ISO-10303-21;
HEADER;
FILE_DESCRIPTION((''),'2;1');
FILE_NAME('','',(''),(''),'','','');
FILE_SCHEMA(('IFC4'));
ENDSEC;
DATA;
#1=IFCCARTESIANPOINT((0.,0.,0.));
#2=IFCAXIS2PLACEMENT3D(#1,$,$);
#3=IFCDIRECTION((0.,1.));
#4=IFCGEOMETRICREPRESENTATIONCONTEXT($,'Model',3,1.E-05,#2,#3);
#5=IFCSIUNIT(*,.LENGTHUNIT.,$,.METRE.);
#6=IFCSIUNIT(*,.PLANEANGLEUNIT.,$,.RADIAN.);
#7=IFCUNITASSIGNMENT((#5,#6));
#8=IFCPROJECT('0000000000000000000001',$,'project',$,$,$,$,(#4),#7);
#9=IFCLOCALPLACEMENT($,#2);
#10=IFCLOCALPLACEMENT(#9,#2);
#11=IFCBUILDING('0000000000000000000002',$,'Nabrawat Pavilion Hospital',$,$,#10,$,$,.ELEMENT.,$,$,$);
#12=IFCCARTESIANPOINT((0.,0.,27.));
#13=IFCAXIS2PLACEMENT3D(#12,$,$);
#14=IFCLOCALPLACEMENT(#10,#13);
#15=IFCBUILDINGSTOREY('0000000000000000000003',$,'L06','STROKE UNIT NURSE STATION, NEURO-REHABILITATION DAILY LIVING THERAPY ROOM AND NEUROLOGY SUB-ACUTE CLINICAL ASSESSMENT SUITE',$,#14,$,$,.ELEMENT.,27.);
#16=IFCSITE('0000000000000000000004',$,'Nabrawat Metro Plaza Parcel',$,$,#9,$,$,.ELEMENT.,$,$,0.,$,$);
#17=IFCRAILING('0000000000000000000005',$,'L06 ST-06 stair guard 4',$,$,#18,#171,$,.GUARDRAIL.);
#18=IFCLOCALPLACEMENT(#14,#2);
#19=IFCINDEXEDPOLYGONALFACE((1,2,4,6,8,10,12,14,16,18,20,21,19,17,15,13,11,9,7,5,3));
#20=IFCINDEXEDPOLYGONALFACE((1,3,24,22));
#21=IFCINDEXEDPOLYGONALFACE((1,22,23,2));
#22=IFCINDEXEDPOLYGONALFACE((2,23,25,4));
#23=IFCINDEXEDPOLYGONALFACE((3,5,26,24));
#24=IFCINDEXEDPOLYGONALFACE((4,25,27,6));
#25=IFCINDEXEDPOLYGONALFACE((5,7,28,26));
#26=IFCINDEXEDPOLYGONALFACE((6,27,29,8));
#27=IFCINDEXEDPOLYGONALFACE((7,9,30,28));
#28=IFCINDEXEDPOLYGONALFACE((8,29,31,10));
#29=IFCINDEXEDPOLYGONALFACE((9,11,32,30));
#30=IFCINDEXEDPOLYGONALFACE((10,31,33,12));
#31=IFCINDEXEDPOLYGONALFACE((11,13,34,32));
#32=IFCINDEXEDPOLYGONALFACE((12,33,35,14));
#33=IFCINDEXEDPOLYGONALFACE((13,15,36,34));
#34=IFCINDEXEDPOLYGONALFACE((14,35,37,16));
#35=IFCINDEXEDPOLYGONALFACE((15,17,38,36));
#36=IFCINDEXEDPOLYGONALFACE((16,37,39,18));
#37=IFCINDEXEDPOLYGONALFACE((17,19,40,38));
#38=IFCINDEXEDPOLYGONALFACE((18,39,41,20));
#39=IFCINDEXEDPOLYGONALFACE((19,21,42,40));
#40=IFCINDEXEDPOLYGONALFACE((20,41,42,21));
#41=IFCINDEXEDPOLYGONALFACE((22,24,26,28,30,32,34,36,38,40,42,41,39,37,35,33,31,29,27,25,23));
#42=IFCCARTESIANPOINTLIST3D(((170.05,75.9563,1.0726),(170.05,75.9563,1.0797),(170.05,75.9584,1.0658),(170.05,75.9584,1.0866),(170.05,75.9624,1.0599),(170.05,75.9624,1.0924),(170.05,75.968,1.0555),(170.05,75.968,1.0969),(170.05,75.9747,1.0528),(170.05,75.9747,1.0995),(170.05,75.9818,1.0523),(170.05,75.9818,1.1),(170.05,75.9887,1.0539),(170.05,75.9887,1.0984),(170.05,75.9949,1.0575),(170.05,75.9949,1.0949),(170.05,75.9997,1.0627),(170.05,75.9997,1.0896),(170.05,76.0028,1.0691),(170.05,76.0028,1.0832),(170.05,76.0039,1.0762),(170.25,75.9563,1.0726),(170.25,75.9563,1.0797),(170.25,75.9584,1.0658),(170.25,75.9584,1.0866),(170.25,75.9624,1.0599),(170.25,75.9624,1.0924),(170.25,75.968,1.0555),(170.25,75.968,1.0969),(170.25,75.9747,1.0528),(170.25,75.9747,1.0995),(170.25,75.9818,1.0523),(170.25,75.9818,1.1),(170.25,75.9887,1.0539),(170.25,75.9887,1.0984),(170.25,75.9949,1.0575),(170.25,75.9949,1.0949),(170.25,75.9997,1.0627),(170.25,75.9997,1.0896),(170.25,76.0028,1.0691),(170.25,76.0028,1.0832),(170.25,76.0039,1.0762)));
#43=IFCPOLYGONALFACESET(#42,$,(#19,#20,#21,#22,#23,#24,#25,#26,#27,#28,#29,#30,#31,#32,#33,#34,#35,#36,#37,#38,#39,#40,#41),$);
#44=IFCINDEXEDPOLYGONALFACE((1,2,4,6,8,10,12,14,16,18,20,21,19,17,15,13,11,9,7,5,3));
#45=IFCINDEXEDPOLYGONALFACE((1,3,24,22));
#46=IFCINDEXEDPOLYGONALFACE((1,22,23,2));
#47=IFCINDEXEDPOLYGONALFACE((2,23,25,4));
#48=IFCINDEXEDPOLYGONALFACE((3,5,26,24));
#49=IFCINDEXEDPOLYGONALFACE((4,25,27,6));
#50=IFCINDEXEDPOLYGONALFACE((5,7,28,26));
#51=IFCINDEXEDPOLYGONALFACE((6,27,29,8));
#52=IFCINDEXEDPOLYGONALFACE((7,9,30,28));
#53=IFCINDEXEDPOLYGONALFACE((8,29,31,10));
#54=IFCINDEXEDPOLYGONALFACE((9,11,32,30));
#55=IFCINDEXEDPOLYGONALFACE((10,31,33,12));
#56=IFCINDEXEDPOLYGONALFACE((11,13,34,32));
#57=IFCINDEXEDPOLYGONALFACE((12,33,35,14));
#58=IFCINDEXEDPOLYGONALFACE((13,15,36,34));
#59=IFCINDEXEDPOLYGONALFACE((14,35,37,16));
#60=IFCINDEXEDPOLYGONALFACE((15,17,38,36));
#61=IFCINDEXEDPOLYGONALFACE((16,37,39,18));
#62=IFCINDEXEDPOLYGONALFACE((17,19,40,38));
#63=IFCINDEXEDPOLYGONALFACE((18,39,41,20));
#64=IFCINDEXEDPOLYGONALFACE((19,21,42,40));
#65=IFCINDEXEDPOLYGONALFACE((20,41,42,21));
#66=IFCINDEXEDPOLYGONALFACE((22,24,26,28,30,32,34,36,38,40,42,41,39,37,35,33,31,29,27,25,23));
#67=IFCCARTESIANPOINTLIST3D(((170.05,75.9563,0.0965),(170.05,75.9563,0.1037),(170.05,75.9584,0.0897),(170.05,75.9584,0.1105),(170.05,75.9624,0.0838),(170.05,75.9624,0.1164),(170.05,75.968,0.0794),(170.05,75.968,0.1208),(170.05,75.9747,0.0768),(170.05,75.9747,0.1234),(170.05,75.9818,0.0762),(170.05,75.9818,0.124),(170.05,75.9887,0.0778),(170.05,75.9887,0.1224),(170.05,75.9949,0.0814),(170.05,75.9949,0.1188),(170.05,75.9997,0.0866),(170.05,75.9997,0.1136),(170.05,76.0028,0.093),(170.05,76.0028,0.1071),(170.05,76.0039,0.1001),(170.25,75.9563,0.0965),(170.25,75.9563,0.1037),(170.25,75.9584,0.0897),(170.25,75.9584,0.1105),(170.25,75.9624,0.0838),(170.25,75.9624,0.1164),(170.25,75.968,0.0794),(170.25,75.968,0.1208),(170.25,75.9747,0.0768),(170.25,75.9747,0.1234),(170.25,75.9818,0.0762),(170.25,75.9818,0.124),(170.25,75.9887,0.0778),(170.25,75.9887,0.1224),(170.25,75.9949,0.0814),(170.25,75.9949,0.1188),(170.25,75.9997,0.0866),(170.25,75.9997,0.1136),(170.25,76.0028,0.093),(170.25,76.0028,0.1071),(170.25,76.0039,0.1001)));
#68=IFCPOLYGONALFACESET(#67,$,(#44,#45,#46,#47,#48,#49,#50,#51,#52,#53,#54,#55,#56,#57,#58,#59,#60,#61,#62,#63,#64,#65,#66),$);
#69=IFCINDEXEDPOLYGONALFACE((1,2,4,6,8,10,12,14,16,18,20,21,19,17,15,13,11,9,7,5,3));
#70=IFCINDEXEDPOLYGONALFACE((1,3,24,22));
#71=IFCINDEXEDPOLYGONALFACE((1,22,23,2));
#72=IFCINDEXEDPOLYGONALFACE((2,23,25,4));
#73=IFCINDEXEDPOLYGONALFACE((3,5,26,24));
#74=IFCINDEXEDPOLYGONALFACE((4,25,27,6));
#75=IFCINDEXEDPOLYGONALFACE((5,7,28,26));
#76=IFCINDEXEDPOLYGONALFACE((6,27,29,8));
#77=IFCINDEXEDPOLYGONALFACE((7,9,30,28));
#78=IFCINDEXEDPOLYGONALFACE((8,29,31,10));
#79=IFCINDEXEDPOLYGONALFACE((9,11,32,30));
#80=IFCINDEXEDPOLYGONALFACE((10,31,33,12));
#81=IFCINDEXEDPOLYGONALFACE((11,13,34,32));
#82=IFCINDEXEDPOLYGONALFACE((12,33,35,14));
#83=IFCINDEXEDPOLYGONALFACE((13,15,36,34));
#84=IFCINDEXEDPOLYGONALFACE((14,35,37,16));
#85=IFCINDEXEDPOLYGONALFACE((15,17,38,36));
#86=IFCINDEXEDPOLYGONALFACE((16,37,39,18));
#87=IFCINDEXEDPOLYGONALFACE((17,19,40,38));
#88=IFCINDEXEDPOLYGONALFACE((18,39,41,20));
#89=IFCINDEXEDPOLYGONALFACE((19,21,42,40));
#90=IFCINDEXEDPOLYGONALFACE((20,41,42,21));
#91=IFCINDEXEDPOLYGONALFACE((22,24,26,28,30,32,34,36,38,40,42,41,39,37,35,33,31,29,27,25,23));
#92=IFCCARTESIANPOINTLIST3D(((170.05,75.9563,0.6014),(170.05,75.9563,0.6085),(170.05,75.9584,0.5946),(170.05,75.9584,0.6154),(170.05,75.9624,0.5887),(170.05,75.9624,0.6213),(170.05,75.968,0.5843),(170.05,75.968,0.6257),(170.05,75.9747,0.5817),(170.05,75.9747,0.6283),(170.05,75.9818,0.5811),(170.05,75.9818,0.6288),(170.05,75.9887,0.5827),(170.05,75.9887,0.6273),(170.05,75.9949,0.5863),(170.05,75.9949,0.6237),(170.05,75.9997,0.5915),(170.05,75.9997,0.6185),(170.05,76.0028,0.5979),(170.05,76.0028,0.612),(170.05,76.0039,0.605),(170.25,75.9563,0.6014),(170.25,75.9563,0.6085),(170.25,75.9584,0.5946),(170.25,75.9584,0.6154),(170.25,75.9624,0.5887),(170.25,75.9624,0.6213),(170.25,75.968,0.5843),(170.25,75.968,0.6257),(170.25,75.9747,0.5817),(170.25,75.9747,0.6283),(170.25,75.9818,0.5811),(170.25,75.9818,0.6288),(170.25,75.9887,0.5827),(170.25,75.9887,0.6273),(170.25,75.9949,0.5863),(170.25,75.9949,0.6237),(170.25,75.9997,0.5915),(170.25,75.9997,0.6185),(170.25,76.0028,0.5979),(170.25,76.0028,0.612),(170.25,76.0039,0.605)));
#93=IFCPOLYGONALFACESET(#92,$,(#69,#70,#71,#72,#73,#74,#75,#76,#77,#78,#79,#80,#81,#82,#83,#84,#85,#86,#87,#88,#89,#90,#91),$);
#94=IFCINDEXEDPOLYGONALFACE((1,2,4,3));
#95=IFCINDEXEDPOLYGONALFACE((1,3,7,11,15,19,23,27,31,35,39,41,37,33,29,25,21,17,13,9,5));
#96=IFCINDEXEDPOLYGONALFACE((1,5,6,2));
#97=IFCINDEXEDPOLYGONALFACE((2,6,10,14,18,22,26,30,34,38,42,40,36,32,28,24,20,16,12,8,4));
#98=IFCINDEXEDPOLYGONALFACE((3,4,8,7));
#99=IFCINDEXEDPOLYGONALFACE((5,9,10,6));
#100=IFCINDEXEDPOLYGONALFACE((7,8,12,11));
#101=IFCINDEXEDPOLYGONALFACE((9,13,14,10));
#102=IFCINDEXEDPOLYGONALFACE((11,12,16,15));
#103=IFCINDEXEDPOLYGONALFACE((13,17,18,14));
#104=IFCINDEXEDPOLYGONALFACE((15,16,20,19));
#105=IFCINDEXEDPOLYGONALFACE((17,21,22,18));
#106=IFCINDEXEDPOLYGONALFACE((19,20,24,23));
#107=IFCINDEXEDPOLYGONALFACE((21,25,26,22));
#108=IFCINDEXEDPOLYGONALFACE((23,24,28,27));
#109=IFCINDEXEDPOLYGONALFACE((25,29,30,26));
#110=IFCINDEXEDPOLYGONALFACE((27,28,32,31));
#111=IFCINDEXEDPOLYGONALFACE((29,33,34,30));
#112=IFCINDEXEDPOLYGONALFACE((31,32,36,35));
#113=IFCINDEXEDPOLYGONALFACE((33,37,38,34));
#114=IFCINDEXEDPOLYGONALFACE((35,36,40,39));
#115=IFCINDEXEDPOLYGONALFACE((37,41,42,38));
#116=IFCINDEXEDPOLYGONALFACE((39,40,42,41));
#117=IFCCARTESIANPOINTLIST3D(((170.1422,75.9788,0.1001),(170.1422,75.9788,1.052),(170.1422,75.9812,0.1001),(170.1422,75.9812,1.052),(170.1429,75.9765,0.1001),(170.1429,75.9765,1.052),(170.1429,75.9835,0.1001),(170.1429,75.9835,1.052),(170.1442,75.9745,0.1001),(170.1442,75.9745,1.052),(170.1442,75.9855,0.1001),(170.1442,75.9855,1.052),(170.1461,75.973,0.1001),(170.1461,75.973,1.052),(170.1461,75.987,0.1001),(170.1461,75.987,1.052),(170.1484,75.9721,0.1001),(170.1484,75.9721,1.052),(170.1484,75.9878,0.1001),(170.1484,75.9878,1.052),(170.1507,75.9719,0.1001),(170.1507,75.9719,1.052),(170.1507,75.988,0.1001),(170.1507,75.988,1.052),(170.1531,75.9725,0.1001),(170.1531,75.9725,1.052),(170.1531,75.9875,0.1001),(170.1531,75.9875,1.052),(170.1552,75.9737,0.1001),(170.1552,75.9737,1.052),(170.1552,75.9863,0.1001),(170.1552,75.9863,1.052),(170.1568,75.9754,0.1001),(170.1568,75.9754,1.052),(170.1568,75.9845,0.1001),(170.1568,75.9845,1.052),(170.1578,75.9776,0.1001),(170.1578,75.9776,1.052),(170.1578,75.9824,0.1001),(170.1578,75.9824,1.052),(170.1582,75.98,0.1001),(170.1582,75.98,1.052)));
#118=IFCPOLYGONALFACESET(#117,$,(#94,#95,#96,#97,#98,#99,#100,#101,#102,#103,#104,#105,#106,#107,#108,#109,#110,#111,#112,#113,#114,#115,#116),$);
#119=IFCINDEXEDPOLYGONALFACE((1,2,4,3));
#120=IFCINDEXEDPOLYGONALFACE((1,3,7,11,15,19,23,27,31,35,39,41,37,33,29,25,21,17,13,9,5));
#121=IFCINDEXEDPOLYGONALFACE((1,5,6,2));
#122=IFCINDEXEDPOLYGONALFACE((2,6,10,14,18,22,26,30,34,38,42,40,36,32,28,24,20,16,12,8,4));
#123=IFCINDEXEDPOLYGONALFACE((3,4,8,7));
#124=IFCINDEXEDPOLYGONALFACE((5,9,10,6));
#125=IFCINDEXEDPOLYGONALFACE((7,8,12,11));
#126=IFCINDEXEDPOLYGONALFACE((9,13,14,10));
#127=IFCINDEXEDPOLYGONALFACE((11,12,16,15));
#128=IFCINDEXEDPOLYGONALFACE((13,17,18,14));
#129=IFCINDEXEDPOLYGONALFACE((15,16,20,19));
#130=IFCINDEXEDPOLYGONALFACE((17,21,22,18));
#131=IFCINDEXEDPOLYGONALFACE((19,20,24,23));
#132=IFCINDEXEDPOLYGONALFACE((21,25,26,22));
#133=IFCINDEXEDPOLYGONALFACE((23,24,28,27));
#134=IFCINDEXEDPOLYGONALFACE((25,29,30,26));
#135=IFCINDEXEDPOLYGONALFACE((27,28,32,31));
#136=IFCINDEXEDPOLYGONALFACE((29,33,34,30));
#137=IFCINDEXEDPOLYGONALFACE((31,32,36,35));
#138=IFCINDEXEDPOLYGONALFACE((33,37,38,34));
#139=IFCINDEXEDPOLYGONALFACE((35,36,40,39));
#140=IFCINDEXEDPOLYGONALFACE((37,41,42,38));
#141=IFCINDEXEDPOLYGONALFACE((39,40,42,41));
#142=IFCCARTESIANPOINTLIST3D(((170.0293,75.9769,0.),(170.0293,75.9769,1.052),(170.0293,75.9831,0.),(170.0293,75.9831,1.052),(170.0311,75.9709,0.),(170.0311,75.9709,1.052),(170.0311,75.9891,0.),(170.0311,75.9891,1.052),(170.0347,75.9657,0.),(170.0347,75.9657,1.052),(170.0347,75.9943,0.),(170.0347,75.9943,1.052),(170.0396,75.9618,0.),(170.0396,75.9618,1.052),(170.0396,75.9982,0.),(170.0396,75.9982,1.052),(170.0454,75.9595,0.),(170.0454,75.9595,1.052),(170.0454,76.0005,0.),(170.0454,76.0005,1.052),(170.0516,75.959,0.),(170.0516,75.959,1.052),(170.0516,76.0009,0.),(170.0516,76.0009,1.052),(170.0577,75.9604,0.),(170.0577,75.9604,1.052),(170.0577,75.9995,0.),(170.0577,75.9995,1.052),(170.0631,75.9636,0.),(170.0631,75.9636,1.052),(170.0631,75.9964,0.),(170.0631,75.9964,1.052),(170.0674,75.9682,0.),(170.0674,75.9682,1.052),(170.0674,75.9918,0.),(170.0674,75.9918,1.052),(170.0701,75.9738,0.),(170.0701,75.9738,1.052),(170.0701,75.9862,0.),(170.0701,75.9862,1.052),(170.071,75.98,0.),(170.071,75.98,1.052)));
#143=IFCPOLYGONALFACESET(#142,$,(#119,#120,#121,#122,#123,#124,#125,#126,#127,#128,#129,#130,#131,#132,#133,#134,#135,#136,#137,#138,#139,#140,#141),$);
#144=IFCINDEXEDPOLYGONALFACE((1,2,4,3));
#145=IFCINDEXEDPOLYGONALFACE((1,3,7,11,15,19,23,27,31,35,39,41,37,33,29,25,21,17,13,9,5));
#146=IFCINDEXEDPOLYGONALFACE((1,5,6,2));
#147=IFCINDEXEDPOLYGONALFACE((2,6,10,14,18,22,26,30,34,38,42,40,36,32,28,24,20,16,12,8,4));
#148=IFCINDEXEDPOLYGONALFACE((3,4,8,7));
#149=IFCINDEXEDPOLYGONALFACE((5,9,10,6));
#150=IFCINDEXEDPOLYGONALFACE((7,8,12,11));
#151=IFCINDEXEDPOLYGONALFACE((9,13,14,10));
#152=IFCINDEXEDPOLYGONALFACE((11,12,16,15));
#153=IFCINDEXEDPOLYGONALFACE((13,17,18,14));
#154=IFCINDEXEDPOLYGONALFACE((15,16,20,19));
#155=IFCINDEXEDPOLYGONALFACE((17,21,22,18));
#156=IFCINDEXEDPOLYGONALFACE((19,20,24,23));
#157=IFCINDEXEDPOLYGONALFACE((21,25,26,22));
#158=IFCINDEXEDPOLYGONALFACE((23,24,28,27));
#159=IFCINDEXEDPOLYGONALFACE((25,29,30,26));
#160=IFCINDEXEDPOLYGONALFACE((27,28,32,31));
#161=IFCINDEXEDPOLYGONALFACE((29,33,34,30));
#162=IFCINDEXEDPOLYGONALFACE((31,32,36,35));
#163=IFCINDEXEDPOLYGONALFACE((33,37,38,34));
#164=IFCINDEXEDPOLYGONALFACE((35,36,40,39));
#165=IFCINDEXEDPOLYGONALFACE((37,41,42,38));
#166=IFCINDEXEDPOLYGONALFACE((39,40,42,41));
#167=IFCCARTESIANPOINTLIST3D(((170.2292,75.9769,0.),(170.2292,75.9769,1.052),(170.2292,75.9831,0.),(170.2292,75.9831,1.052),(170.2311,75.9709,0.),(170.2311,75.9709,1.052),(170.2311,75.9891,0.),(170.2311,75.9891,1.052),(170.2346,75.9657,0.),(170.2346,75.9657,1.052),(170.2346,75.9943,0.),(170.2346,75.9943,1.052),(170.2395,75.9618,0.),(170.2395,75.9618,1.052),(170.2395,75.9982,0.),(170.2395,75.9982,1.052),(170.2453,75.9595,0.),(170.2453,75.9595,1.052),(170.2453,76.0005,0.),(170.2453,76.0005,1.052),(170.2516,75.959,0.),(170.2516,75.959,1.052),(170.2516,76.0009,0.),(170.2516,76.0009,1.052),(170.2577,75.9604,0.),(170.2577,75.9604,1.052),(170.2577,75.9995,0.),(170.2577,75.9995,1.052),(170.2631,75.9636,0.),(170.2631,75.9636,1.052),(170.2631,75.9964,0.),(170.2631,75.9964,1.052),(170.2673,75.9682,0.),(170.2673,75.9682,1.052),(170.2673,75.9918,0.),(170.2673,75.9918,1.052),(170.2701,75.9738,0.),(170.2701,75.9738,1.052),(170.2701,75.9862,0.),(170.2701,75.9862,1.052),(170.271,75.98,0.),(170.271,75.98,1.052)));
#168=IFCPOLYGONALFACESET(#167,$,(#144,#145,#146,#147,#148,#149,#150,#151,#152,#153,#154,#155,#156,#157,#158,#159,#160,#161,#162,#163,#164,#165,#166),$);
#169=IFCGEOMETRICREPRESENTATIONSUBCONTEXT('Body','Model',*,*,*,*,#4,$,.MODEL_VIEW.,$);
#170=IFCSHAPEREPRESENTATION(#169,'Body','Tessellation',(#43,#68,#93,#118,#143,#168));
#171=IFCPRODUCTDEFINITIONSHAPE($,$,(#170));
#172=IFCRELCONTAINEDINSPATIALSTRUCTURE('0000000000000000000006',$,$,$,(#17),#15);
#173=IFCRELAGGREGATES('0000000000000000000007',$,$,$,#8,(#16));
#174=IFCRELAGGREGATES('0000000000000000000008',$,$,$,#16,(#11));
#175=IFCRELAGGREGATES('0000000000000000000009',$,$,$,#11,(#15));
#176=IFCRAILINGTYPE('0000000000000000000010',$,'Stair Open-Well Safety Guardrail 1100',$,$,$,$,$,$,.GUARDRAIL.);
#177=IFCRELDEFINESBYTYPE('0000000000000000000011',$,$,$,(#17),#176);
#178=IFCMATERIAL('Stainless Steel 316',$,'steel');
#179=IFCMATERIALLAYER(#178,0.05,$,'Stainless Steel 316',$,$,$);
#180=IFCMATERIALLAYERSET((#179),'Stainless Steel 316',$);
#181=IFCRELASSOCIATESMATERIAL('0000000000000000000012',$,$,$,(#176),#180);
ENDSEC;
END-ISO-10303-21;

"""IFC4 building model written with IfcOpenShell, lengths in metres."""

from ifc_helpers import new_model, si_unit, direction, frame, origin, origin_2d, place, context, subcontext, project, spatial, circle, extrude, material, layer, layer_set, type_object, element, save


model = new_model("IFC4")

# Units and contexts
model_context = context("Model", 3, precision=1e-05, world=origin(), true_north=direction((0.0, 1.0)))
body_context = subcontext(model_context, "Body", "Model", "MODEL_VIEW")
ifc_project = project(units=[si_unit("LENGTHUNIT", "METRE"), si_unit("PLANEANGLEUNIT", "RADIAN")], contexts=[model_context])

# Site, building, storey
site_placement = place(None, origin())
site = spatial("IfcSite", under=ifc_project, at=site_placement, Name="Nabrawat Metro Plaza Parcel", CompositionType="ELEMENT", RefElevation=0.0)
building_placement = place(site_placement, origin())
building = spatial("IfcBuilding", under=site, at=building_placement, Name="Nabrawat Pavilion Hospital", CompositionType="ELEMENT")
storey_placement = place(building_placement, frame((0.0, 0.0, 27.0)))
storey = spatial("IfcBuildingStorey", under=building, at=storey_placement, Name="L06", Description="STROKE UNIT NURSE STATION, NEURO-REHABILITATION DAILY LIVING THERAPY ROOM AND NEUROLOGY SUB-ACUTE CLINICAL ASSESSMENT SUITE", CompositionType="ELEMENT", Elevation=27.0)

# Railing
ifc_material_1 = material(Name="Stainless Steel 316", Category="steel")
ifc_layer_1 = layer(ifc_material_1, 0.05, Name="Stainless Steel 316")
ifc_layer_set_1 = layer_set([ifc_layer_1], Name="Stainless Steel 316")
railing_type_1 = type_object("IfcRailingType", Name="Stair Open-Well Safety Guardrail 1100", PredefinedType="GUARDRAIL", material=ifc_layer_set_1)
railing_1_placement = place(storey_placement, frame((170.05, 75.98, 0.0)))
element("IfcRailing", 1, at=railing_1_placement, inside=storey, type_object=railing_type_1, Name="L06 ST-06 stair guard 4", PredefinedType="GUARDRAIL", context=body_context, shape_type="SweptSolid", body=[
    extrude(circle(Radius=0.0239, at=origin_2d()), frame((0.0, 0.0, 1.0762), z_axis=(1.0, 0.0, 0.0), x_axis=(0.0, 1.0, 0.0)), (0.0, 0.0, 1.0), 0.2),
    extrude(circle(Radius=0.0239, at=origin_2d()), frame((0.0, 0.0, 0.1001), z_axis=(1.0, 0.0, 0.0), x_axis=(0.0, 1.0, 0.0)), (0.0, 0.0, 1.0), 0.2),
    extrude(circle(Radius=0.0239, at=origin_2d()), frame((0.0, 0.0, 0.605), z_axis=(1.0, 0.0, 0.0), x_axis=(0.0, 1.0, 0.0)), (0.0, 0.0, 1.0), 0.2),
    extrude(circle(Radius=0.0081, at=origin_2d()), frame((0.1001, 0.0, 0.1001)), (0.0, 0.0, 1.0), 0.9519),
    extrude(circle(Radius=0.021, at=origin_2d()), origin(), (0.0, 0.0, 1.0), 1.052),
    extrude(circle(Radius=0.021, at=origin_2d()), frame((0.2, 0.0, 0.0)), (0.0, 0.0, 1.0), 1.052),
])

save(model, "model.ifc")
